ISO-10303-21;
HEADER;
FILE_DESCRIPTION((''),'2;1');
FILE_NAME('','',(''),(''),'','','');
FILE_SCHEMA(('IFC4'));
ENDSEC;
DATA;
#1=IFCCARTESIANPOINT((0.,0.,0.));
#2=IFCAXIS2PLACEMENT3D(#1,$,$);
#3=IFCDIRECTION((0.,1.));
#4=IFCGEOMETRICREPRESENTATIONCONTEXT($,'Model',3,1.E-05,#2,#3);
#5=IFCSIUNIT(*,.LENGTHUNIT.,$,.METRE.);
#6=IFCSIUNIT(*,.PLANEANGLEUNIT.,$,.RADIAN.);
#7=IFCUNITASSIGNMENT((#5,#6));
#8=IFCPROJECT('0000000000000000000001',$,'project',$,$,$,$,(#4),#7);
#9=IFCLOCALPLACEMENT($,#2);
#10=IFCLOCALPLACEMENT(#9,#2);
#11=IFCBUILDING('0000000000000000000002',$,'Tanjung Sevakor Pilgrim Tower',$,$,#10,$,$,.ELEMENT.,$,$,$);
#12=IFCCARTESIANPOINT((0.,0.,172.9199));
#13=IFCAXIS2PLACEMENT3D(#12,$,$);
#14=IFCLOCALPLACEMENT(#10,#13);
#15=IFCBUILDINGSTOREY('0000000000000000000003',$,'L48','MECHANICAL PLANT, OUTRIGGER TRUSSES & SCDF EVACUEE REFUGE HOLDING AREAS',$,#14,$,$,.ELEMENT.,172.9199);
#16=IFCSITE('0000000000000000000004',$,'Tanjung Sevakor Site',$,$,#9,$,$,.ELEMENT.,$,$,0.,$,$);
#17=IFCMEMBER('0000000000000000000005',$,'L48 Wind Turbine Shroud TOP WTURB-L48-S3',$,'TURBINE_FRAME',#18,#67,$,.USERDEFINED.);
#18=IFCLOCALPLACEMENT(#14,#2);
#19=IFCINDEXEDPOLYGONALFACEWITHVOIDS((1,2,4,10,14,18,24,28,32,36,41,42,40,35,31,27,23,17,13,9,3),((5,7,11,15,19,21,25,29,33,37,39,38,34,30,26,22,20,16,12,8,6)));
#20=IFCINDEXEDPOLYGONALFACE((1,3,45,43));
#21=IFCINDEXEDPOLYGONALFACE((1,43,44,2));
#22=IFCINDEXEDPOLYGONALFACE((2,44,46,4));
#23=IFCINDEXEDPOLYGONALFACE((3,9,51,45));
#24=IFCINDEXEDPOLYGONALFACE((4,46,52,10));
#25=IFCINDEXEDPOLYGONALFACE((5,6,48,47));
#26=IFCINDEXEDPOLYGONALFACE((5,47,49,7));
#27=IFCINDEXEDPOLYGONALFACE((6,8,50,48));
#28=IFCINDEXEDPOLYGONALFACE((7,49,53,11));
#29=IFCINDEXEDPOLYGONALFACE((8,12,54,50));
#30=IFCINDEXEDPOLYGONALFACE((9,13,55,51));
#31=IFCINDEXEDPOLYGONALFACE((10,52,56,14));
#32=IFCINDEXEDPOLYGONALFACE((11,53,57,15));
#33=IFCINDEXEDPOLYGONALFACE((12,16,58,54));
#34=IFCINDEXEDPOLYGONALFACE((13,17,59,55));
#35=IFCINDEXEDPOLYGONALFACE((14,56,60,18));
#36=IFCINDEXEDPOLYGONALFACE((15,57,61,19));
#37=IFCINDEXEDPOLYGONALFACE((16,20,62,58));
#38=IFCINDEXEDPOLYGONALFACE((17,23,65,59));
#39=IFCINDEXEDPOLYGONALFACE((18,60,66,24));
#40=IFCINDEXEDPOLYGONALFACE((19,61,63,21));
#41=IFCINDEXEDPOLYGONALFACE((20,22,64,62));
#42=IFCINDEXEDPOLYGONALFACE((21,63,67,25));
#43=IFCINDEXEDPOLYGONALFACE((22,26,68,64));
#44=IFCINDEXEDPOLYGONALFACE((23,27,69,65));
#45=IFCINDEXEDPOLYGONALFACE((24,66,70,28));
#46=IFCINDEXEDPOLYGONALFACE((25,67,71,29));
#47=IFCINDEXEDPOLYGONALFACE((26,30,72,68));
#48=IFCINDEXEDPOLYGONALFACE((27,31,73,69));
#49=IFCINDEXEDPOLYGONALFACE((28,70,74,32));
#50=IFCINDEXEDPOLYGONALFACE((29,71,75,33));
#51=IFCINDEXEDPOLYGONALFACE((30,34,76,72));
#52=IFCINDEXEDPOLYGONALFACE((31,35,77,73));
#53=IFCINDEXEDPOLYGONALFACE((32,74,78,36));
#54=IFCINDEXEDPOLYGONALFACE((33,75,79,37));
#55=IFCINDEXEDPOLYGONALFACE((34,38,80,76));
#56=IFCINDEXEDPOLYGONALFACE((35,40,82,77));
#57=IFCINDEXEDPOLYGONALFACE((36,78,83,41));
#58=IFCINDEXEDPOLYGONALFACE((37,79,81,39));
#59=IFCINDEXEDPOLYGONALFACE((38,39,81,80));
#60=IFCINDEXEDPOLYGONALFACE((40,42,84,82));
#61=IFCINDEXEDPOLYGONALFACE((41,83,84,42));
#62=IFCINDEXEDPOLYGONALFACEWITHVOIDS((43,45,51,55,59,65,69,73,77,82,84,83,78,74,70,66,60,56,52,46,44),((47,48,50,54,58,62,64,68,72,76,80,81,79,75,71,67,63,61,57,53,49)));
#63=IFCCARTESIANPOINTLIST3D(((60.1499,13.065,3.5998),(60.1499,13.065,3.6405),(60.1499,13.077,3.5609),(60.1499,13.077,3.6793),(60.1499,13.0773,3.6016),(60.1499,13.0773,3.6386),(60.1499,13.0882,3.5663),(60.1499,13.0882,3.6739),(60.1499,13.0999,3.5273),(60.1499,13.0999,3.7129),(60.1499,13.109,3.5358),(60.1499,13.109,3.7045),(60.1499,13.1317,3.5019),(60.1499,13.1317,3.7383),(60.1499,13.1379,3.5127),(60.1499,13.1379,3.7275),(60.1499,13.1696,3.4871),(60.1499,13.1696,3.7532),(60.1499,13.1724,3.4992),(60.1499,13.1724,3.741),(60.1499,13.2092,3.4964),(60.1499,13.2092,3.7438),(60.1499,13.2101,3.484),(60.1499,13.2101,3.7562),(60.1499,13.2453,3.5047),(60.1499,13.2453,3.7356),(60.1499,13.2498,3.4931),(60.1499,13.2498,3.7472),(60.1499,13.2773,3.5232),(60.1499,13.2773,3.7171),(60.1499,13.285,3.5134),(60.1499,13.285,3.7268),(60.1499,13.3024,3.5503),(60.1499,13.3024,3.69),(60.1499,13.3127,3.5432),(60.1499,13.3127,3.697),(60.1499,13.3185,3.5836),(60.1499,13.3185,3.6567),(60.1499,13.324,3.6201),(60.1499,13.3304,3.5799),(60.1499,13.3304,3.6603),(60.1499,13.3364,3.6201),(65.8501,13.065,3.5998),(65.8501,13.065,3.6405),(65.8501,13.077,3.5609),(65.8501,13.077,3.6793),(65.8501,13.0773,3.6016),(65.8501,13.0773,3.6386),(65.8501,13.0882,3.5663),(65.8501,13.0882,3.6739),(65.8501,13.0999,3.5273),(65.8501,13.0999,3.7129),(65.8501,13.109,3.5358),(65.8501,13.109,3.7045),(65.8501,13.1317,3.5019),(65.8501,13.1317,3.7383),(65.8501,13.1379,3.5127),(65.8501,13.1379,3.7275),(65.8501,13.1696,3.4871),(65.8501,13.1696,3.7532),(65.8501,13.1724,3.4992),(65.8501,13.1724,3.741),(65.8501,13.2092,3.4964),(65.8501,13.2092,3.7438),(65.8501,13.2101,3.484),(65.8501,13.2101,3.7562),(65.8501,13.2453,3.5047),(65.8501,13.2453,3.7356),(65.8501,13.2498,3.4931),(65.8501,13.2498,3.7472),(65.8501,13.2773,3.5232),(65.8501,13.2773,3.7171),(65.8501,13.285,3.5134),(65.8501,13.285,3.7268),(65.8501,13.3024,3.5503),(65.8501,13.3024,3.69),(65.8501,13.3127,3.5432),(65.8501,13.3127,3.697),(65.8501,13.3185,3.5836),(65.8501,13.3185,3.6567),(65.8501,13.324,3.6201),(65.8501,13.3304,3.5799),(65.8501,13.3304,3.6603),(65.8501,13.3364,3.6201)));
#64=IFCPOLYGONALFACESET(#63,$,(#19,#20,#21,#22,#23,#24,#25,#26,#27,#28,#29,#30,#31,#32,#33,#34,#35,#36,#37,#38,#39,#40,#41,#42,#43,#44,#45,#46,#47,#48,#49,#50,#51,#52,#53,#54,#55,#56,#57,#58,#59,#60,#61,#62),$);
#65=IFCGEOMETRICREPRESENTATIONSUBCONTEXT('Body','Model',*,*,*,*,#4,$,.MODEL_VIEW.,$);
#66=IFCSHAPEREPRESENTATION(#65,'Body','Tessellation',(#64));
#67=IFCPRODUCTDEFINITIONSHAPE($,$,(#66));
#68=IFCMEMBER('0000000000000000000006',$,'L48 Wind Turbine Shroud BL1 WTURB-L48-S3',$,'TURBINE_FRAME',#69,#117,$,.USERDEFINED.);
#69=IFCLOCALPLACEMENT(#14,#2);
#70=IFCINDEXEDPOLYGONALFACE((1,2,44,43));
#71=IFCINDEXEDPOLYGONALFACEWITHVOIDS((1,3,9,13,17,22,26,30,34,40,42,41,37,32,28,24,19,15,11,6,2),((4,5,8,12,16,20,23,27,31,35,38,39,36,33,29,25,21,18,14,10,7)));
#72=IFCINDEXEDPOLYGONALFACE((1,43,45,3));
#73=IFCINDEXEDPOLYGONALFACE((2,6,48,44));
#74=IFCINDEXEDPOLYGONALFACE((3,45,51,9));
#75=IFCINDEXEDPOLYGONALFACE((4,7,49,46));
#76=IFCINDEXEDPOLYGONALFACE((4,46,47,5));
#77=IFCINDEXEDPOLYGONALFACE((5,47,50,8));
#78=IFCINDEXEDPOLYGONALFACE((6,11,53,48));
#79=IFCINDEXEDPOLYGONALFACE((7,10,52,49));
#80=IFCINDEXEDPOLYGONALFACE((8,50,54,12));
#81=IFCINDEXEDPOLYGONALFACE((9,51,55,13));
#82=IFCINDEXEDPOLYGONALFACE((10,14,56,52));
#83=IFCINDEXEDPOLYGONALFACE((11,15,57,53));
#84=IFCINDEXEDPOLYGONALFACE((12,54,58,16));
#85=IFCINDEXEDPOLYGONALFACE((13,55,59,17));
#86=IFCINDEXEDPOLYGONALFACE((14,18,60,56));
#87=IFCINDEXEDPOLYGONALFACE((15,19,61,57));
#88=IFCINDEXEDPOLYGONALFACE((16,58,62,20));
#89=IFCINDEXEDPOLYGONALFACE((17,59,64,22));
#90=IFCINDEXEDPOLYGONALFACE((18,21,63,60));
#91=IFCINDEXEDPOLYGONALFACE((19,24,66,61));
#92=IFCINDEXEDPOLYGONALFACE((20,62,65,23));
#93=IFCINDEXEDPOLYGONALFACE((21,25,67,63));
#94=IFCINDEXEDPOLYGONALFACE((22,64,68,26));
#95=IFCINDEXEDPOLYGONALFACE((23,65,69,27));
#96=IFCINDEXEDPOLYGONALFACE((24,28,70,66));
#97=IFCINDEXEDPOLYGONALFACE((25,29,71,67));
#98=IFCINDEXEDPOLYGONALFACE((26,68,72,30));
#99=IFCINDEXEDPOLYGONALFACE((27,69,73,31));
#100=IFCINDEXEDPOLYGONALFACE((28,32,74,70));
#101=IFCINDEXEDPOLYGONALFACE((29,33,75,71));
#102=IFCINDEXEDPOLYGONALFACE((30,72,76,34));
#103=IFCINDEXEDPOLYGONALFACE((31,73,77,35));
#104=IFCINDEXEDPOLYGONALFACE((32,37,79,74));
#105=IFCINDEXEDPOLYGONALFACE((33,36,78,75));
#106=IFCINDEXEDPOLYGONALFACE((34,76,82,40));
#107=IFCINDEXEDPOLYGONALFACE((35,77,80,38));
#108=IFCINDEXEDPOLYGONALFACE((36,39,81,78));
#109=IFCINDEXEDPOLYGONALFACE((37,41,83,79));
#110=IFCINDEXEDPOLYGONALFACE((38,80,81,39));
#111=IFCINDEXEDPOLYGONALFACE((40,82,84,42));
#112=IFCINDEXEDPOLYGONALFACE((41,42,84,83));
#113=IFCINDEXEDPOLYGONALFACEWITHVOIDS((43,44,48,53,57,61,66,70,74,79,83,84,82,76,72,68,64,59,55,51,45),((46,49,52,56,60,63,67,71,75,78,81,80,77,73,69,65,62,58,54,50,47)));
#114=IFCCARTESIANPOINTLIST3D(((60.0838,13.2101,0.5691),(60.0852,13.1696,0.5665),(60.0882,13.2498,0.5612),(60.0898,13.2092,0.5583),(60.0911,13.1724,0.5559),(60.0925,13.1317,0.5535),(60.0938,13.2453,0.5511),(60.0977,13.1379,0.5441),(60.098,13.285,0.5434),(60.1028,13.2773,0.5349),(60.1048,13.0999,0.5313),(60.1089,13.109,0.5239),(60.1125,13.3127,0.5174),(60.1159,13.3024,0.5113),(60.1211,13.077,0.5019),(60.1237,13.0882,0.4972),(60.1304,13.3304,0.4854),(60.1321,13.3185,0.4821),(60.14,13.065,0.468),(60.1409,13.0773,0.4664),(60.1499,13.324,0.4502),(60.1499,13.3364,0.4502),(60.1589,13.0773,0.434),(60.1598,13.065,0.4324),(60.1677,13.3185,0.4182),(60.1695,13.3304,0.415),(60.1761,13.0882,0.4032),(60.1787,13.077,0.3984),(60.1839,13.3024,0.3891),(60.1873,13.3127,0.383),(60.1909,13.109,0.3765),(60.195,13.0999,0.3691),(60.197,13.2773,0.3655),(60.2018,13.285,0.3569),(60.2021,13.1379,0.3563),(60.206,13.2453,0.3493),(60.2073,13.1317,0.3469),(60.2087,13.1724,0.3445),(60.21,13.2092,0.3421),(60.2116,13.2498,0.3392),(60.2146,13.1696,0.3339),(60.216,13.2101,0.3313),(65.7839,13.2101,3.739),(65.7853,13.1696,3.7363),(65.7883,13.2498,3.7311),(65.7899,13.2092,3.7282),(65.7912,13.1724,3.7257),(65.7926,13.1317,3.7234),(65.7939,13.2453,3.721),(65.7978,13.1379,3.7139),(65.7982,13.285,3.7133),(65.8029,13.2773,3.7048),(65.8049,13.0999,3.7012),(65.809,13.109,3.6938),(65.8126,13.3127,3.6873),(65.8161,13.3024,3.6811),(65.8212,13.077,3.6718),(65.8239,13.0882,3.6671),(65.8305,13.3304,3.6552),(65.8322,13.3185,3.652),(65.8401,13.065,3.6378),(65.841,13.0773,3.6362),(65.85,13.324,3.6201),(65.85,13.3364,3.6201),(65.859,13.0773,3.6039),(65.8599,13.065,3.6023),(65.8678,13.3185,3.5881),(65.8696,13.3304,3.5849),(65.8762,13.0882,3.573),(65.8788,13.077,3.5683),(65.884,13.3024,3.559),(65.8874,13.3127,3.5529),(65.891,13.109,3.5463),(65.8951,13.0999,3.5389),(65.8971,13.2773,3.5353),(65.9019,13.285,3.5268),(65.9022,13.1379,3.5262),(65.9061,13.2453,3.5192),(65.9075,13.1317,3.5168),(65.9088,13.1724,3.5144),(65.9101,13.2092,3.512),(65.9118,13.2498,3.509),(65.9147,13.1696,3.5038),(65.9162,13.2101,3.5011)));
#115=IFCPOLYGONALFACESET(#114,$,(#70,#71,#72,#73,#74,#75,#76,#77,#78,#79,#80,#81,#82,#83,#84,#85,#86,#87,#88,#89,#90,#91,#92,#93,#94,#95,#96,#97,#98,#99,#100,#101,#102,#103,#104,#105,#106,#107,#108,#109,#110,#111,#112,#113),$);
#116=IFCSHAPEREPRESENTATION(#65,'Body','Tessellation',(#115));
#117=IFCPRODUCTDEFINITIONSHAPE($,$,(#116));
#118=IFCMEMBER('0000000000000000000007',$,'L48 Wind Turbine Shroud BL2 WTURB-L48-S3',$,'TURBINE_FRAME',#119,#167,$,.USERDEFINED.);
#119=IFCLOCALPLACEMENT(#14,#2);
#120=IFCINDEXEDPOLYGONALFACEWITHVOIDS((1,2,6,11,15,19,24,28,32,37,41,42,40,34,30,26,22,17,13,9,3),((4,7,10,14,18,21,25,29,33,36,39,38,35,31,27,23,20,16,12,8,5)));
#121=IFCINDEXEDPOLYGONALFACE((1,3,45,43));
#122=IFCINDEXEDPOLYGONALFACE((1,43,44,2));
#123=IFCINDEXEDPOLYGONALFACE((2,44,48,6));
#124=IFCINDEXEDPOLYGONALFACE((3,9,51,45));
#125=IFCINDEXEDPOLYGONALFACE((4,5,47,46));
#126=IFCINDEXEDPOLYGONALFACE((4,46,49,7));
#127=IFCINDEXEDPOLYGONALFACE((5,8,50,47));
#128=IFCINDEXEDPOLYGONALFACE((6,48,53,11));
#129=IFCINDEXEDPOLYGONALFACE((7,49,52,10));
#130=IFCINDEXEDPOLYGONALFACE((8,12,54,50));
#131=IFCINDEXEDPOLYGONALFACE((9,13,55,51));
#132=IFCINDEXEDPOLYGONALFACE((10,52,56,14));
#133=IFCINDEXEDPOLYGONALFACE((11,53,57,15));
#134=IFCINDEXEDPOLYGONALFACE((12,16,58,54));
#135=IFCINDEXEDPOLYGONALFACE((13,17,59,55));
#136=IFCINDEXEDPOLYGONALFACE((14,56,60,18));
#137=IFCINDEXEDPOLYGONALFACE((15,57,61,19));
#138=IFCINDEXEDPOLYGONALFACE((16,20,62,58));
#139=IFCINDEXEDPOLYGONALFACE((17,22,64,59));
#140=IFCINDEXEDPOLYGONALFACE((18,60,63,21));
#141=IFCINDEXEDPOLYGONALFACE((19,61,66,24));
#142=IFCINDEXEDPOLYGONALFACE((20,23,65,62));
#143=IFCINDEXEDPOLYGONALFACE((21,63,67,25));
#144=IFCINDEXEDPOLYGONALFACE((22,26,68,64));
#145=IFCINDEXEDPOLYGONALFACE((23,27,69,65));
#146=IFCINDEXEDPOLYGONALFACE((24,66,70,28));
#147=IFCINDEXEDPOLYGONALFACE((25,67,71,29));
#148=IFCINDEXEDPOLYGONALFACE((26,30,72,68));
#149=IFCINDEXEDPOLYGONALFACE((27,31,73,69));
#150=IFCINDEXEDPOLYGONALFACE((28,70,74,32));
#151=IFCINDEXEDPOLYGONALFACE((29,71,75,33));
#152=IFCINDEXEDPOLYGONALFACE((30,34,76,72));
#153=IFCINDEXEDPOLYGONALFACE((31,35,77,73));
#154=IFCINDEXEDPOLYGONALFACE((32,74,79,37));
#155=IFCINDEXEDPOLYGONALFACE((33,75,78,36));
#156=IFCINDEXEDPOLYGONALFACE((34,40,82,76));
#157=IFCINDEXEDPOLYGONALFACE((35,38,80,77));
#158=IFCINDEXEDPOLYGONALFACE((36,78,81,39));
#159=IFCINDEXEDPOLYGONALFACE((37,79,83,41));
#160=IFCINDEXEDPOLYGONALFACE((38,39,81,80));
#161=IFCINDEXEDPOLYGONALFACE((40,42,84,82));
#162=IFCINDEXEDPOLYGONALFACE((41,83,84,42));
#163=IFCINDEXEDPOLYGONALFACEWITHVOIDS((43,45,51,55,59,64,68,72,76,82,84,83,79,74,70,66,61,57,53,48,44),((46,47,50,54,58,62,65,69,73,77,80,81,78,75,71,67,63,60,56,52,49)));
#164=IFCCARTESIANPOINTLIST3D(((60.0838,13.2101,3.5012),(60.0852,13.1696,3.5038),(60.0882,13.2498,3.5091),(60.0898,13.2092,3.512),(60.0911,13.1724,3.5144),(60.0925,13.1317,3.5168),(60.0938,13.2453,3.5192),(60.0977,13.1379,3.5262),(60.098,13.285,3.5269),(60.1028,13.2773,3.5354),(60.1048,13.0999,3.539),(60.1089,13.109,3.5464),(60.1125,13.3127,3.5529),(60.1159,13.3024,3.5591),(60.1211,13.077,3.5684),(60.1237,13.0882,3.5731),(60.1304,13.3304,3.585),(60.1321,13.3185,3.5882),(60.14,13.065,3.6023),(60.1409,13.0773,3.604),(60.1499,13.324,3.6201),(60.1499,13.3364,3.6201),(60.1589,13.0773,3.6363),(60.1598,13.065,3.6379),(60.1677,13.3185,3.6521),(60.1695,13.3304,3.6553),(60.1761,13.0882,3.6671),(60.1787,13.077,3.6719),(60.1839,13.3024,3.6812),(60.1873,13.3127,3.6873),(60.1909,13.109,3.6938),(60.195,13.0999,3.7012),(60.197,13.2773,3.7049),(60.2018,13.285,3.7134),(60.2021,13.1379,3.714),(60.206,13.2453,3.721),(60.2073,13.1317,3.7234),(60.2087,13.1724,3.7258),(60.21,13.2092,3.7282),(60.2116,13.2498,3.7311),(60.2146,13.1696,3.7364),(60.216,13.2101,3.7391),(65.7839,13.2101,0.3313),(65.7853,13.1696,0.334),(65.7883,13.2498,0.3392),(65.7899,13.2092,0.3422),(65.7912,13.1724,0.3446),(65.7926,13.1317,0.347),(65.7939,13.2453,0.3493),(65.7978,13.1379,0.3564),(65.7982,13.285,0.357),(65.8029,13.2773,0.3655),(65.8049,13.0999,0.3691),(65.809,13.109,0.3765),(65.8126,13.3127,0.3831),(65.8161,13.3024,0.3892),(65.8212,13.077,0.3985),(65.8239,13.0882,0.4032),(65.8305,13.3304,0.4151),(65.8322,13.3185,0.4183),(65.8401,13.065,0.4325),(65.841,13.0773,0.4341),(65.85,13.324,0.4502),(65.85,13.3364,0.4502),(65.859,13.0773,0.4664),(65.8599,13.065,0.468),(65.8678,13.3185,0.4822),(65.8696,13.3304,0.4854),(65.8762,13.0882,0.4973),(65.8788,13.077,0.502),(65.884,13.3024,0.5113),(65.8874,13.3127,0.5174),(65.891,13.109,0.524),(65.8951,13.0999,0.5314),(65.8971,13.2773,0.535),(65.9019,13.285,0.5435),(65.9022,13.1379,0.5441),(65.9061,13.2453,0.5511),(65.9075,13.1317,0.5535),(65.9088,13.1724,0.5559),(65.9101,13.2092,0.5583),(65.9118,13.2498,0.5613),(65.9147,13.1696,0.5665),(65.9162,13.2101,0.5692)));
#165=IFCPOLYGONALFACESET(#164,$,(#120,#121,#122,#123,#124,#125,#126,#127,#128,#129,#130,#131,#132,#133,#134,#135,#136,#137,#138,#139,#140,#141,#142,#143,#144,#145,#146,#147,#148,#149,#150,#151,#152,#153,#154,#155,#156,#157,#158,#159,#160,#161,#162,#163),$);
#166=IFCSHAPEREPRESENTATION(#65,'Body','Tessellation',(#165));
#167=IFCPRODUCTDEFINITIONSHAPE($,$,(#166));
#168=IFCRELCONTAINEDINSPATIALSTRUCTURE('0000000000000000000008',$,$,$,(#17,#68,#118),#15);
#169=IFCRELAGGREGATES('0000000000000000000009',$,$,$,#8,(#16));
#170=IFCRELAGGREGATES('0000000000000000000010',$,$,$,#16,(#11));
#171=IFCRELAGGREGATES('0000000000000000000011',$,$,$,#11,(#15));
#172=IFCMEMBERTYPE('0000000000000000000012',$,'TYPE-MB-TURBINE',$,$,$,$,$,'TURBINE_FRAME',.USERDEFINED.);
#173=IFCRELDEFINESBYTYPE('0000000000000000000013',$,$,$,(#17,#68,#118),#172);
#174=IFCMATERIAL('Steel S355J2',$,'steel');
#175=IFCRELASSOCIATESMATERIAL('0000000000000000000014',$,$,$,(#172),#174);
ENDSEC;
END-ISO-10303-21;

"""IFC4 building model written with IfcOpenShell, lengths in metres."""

from ifc_helpers import new_model, si_unit, direction, frame, origin, origin_2d, place, context, subcontext, project, spatial, hollow_circle, extrude, material, material_profile, profile_set, type_object, element, save


model = new_model("IFC4")

# Units and contexts
model_context = context("Model", 3, precision=1e-05, world=origin(), true_north=direction((0.0, 1.0)))
body_context = subcontext(model_context, "Body", "Model", "MODEL_VIEW")
ifc_project = project(units=[si_unit("LENGTHUNIT", "METRE"), si_unit("PLANEANGLEUNIT", "RADIAN")], contexts=[model_context])

# Site, building, storey
site_placement = place(None, origin())
site = spatial("IfcSite", under=ifc_project, at=site_placement, Name="Tanjung Sevakor Site", CompositionType="ELEMENT", RefElevation=0.0)
building_placement = place(site_placement, origin())
building = spatial("IfcBuilding", under=site, at=building_placement, Name="Tanjung Sevakor Pilgrim Tower", CompositionType="ELEMENT")
storey_placement = place(building_placement, frame((0.0, 0.0, 172.9199)))
storey = spatial("IfcBuildingStorey", under=building, at=storey_placement, Name="L48", Description="MECHANICAL PLANT, OUTRIGGER TRUSSES & SCDF EVACUEE REFUGE HOLDING AREAS", CompositionType="ELEMENT", Elevation=172.9199)

# Members
ifc_material_1 = material(Name="Steel S355J2", Category="steel")
ifc_material_profile_1 = material_profile(ifc_material_1, hollow_circle(Radius=0.1365, WallThickness=0.0125, at=origin_2d()))
ifc_profile_set_1 = profile_set([ifc_material_profile_1], Name="Steel S355J2")
member_type_1 = type_object("IfcMemberType", Name="TYPE-MB-TURBINE", ElementType="TURBINE_FRAME", PredefinedType="USERDEFINED", material=ifc_profile_set_1)
for number, where, z_axis, x_axis, name in (
    (1, (60.1499, 13.2, 3.6201), (1.0, 0.0, 0.0), (0.0, 1.0, 0.0), "L48 Wind Turbine Shroud TOP WTURB-L48-S3"),
):
    element("IfcMember", number, at=place(storey_placement, frame(where, z_axis=z_axis, x_axis=x_axis)), inside=storey, type_object=member_type_1, Name=name, ObjectType="TURBINE_FRAME", PredefinedType="USERDEFINED", context=body_context, shape_type="SweptSolid", body=[
        extrude(hollow_circle(Radius=0.1365, WallThickness=0.0125, at=origin_2d()), origin(), (0.0, 0.0, 1.0), 5.7002),
    ])
for number, where, z_axis, x_axis, name in (
    (2, (60.1499, 13.2, 0.4502), (0.873952, 0.0, 0.486012), (0.0, 1.0, 0.0), "L48 Wind Turbine Shroud BL1 WTURB-L48-S3"),
    (3, (60.1499, 13.2, 3.6201), (0.873952, 0.0, -0.486012), (0.0, 1.0, 0.0), "L48 Wind Turbine Shroud BL2 WTURB-L48-S3"),
):
    element("IfcMember", number, at=place(storey_placement, frame(where, z_axis=z_axis, x_axis=x_axis)), inside=storey, type_object=member_type_1, Name=name, ObjectType="TURBINE_FRAME", PredefinedType="USERDEFINED", context=body_context, shape_type="SweptSolid", body=[
        extrude(hollow_circle(Radius=0.1365, WallThickness=0.0125, at=origin_2d()), origin(), (0.0, 0.0, 1.0), 6.5222),
    ])

save(model, "model.ifc")
